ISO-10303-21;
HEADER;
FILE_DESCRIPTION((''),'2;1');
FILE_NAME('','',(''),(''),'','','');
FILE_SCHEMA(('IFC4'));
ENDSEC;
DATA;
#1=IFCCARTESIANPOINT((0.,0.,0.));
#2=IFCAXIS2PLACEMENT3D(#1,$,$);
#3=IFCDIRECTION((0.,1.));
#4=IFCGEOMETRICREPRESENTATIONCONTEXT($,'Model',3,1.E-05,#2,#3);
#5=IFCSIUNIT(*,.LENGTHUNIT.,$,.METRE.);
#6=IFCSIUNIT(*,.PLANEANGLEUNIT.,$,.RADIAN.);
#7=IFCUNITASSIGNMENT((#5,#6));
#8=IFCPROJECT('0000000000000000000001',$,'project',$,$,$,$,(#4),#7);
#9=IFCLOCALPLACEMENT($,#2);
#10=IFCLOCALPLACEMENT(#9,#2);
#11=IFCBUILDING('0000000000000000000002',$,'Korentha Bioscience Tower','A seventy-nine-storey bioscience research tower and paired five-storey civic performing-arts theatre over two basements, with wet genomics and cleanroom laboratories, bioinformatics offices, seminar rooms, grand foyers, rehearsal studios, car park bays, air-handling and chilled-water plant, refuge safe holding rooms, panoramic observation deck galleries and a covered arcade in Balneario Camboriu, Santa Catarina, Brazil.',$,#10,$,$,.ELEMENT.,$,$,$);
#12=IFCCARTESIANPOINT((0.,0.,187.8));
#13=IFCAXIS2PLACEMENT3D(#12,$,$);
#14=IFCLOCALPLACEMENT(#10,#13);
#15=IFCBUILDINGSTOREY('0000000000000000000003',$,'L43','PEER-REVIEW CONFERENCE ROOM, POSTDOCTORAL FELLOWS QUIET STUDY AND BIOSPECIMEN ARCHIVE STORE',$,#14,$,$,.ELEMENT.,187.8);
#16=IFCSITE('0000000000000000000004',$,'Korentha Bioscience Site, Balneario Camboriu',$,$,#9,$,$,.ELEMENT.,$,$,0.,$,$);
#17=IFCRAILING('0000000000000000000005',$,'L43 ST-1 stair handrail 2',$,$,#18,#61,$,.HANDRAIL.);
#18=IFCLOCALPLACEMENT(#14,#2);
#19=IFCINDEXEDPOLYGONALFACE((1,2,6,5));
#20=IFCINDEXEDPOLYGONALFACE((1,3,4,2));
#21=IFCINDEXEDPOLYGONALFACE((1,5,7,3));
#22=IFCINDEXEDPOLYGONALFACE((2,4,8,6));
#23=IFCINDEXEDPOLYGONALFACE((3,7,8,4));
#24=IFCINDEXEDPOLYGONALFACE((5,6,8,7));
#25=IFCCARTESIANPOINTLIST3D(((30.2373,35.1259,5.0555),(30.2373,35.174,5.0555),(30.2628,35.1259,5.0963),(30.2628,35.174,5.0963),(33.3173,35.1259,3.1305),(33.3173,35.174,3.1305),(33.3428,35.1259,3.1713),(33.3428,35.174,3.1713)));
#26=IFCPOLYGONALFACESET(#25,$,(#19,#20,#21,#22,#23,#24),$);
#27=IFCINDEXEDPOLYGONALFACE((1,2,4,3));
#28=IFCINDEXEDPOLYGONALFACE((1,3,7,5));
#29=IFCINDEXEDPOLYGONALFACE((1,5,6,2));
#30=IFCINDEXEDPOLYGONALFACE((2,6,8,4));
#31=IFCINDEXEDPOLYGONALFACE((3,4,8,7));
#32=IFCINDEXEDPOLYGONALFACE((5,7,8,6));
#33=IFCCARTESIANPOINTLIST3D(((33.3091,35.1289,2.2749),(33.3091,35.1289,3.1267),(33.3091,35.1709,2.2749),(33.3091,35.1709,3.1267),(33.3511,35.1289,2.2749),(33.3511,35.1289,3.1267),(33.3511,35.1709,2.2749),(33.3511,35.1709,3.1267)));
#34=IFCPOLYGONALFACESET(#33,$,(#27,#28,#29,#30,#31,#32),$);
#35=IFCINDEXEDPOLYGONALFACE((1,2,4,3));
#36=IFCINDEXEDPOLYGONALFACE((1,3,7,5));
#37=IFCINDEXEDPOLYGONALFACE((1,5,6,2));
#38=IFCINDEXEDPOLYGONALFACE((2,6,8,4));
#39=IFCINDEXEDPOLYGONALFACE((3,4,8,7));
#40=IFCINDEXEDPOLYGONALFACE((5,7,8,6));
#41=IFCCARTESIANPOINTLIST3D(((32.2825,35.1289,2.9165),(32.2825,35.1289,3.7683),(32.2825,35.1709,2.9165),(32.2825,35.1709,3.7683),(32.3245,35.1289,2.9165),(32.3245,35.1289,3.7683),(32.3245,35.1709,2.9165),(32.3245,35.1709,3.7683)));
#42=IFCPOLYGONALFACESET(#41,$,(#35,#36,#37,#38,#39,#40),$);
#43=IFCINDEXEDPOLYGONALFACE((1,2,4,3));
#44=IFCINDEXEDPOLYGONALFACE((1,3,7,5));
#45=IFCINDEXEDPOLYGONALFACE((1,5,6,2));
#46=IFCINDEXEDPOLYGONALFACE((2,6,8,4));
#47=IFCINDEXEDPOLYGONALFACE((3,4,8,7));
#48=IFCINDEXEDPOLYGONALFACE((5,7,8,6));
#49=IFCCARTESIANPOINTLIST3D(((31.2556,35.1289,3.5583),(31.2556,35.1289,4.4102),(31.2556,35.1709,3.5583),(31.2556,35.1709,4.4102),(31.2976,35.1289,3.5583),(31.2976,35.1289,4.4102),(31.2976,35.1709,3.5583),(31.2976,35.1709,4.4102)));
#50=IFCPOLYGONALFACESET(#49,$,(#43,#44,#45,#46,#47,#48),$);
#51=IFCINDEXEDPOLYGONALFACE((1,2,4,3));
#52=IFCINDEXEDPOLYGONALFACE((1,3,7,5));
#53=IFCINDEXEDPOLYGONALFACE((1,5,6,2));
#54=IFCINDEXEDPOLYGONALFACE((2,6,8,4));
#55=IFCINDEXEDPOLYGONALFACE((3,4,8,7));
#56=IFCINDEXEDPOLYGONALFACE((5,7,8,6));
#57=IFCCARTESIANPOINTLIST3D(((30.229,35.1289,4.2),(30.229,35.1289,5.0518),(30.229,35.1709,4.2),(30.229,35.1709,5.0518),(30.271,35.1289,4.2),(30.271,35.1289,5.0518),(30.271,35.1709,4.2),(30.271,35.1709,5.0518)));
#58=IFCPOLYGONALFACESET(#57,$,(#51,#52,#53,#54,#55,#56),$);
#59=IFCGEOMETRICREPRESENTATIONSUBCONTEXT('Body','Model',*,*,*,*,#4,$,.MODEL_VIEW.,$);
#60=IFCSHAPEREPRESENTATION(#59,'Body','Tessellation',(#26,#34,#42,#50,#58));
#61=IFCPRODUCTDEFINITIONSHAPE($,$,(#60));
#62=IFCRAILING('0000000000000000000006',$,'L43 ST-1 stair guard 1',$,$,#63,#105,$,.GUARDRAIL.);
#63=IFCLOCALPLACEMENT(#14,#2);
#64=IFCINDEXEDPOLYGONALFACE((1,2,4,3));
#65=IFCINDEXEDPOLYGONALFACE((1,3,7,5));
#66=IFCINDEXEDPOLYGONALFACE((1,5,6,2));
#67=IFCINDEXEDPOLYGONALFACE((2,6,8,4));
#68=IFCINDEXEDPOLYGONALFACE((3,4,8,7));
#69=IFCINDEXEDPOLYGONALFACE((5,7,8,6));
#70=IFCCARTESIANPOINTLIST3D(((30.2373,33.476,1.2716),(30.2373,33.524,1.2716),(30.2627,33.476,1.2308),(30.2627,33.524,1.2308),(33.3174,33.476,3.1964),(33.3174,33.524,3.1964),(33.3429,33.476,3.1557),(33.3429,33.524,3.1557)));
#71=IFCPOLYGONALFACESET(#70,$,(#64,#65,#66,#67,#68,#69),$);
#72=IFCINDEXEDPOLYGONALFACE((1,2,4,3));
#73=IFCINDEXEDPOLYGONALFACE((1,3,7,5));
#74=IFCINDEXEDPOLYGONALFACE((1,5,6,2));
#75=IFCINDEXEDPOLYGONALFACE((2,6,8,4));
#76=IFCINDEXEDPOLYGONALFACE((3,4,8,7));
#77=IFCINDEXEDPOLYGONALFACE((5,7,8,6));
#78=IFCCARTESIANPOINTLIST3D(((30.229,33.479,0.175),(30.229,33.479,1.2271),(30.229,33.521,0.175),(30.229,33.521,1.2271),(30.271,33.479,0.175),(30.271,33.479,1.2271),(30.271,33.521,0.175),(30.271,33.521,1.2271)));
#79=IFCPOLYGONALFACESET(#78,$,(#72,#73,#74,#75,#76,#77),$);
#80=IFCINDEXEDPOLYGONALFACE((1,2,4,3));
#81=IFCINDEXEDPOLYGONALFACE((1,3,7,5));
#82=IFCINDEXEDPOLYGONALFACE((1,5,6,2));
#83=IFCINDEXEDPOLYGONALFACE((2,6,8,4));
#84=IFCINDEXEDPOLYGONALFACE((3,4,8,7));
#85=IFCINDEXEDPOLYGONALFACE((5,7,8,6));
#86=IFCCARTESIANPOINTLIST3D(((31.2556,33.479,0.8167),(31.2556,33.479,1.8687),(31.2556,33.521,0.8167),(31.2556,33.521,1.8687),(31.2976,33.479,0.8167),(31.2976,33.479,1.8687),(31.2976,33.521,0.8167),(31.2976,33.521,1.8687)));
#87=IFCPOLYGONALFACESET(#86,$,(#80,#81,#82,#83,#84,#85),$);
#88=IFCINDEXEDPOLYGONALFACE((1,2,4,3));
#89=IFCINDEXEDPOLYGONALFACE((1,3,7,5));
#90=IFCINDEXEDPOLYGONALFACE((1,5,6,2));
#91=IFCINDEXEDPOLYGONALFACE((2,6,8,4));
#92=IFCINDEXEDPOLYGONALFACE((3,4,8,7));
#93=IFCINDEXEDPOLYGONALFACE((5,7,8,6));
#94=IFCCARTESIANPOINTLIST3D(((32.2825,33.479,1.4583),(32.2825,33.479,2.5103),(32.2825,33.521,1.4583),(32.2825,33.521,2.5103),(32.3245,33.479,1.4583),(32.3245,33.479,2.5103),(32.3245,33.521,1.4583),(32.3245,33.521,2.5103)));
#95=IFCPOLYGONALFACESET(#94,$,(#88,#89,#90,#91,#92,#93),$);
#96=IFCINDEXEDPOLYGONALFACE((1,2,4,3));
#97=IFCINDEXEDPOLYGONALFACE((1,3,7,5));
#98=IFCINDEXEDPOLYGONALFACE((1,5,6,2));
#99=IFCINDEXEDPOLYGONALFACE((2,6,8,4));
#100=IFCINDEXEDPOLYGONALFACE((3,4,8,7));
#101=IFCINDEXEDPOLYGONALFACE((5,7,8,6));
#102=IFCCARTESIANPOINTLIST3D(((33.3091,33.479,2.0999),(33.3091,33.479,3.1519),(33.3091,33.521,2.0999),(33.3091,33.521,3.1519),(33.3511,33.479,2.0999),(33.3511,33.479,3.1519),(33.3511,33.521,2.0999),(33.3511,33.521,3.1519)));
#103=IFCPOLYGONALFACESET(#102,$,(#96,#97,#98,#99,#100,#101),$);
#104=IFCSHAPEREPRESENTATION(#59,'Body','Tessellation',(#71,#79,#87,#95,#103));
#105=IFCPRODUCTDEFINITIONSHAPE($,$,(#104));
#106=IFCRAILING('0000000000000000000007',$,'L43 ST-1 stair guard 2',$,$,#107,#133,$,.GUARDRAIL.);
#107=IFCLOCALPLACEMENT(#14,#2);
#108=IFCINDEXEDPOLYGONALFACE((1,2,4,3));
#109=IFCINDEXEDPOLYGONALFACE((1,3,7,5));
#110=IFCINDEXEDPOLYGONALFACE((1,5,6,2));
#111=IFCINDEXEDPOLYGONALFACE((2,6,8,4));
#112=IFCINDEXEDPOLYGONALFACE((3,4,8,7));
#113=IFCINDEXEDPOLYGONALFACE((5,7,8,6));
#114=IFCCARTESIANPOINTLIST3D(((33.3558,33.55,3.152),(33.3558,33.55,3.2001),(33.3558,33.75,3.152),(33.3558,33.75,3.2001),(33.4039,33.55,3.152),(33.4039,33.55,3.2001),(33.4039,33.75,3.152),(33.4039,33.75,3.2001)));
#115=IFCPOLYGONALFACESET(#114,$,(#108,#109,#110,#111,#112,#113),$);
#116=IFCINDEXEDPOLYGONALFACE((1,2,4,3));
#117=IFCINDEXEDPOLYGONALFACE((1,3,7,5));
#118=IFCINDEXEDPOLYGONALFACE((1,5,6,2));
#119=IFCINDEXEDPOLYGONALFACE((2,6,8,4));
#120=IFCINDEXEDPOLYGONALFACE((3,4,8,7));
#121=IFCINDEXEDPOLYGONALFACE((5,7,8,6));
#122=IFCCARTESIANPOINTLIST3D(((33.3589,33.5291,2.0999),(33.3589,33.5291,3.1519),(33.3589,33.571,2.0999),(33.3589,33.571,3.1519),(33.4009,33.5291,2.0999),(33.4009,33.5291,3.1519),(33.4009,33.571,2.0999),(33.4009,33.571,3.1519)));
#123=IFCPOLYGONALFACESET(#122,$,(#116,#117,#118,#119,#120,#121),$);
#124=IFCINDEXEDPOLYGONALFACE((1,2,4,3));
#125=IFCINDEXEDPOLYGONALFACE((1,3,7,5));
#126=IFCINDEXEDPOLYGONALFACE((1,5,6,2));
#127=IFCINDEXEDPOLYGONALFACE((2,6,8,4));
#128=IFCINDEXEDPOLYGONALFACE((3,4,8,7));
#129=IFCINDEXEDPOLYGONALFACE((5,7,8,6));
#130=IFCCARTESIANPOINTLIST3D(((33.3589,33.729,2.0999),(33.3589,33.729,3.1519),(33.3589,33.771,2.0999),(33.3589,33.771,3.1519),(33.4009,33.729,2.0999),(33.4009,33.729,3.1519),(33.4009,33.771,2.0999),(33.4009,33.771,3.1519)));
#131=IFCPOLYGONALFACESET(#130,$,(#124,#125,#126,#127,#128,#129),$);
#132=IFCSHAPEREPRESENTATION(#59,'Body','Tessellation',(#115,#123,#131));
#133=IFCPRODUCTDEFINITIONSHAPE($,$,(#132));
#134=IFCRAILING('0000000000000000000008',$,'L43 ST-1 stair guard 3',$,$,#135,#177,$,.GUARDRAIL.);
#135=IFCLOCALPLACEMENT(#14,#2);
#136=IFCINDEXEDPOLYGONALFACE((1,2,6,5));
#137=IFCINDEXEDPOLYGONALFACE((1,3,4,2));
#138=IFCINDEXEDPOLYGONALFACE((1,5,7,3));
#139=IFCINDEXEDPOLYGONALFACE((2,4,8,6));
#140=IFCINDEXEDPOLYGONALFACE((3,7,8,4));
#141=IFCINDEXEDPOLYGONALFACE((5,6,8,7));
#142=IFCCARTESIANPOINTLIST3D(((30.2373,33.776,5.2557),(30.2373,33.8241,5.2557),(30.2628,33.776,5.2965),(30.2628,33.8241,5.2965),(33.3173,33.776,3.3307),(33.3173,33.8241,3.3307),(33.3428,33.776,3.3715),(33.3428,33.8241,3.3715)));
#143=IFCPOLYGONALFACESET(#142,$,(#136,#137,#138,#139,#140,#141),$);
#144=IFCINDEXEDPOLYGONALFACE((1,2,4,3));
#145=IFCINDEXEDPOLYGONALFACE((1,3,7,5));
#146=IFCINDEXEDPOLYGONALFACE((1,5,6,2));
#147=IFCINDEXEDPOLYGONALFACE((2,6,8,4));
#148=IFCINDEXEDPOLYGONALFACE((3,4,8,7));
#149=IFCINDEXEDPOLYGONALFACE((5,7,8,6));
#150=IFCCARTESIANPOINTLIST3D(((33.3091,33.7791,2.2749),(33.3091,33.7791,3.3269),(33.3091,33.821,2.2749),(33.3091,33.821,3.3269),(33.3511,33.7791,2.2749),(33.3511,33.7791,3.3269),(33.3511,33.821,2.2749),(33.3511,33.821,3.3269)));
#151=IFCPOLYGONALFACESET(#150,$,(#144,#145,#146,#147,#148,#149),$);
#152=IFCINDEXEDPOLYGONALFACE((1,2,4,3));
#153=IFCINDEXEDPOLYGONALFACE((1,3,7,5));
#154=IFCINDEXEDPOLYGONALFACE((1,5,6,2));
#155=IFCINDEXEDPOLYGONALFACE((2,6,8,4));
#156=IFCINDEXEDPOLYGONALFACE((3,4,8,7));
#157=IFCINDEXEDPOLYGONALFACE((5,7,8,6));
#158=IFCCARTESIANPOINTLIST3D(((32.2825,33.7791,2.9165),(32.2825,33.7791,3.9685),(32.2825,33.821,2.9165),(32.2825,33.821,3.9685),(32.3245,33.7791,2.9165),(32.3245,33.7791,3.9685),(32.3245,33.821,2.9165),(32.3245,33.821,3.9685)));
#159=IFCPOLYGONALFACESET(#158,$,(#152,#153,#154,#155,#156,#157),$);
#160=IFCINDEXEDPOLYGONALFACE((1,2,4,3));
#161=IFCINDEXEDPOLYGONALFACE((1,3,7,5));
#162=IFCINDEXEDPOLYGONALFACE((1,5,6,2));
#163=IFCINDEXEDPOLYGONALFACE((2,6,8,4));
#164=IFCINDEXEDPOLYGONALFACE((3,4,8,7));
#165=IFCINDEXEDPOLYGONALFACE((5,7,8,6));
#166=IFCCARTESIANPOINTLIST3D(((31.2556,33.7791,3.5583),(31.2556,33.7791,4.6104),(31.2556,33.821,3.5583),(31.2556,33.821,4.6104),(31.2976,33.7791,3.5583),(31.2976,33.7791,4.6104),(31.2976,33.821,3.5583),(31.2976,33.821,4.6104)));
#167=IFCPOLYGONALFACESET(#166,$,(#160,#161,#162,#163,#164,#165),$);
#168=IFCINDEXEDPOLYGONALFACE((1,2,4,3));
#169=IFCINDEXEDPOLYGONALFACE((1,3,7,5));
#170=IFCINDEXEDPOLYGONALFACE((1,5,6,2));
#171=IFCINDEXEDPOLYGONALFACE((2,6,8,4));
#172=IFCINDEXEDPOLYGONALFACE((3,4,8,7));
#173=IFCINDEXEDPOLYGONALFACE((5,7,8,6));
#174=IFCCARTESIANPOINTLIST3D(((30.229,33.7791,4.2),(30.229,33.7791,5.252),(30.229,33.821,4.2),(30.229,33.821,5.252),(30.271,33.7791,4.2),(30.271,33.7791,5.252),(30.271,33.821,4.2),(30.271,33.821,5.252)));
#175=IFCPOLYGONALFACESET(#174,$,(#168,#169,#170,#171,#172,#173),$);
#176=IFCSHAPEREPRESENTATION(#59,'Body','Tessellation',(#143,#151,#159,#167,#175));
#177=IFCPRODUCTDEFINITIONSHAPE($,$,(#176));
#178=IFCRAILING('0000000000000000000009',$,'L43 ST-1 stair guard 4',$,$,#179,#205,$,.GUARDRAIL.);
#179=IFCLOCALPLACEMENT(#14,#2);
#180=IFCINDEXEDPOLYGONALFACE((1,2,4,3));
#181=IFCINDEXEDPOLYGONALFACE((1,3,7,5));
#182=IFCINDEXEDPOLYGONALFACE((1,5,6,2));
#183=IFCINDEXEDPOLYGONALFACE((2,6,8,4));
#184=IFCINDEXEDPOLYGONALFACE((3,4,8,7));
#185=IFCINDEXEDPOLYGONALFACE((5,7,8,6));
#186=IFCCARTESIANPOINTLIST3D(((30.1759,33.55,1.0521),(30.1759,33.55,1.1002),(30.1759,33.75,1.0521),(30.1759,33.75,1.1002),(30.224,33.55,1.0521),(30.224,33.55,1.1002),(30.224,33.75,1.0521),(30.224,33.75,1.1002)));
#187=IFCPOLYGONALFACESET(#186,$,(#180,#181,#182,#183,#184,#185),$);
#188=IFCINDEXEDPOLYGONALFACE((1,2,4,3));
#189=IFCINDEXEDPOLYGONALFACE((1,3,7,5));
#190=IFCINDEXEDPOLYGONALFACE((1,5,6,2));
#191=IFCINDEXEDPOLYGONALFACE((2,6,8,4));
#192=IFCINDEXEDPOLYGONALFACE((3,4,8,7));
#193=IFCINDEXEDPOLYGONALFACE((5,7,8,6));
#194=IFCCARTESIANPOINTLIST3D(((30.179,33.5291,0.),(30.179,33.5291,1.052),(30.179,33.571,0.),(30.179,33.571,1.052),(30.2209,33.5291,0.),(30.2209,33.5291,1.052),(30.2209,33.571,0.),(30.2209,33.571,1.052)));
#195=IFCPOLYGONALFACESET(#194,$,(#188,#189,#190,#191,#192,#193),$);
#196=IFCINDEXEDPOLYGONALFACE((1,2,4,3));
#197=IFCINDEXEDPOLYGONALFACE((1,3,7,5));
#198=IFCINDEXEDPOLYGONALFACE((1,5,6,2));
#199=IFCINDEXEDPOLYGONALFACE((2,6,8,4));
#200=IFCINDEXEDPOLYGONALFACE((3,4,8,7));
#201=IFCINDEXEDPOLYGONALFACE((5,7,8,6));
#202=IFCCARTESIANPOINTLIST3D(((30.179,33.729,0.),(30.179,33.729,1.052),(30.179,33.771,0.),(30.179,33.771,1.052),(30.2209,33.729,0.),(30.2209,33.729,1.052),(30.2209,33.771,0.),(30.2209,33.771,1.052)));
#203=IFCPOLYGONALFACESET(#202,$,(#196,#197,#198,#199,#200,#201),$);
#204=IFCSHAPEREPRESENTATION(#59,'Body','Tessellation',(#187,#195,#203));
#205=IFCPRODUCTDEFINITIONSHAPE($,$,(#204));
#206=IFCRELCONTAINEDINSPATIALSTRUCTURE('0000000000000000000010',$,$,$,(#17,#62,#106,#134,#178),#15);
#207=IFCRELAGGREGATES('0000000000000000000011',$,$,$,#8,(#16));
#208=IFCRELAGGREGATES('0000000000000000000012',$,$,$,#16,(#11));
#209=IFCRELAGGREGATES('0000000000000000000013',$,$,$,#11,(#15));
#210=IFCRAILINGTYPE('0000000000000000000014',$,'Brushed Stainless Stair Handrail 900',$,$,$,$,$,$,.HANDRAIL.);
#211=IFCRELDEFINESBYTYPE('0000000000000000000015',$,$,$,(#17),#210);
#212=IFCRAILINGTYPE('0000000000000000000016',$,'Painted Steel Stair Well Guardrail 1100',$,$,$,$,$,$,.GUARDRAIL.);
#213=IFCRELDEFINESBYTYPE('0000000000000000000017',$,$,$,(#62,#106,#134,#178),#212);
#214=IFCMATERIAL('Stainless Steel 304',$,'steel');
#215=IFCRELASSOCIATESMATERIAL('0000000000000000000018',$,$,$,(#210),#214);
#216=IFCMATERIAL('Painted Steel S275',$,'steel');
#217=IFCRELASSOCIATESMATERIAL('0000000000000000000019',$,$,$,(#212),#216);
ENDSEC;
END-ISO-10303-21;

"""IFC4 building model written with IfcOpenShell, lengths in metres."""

from ifc_helpers import new_model, si_unit, direction, frame, origin, origin_2d, place, context, subcontext, project, spatial, rectangle, extrude, material, type_object, element, save


model = new_model("IFC4")

# Units and contexts
model_context = context("Model", 3, precision=1e-05, world=origin(), true_north=direction((0.0, 1.0)))
body_context = subcontext(model_context, "Body", "Model", "MODEL_VIEW")
ifc_project = project(units=[si_unit("LENGTHUNIT", "METRE"), si_unit("PLANEANGLEUNIT", "RADIAN")], contexts=[model_context])

# Site, building, storey
site_placement = place(None, origin())
site = spatial("IfcSite", under=ifc_project, at=site_placement, Name="Korentha Bioscience Site, Balneario Camboriu", CompositionType="ELEMENT", RefElevation=0.0)
building_placement = place(site_placement, origin())
building = spatial("IfcBuilding", under=site, at=building_placement, Name="Korentha Bioscience Tower", Description="A seventy-nine-storey bioscience research tower and paired five-storey civic performing-arts theatre over two basements, with wet genomics and cleanroom laboratories, bioinformatics offices, seminar rooms, grand foyers, rehearsal studios, car park bays, air-handling and chilled-water plant, refuge safe holding rooms, panoramic observation deck galleries and a covered arcade in Balneario Camboriu, Santa Catarina, Brazil.", CompositionType="ELEMENT")
storey_placement = place(building_placement, frame((0.0, 0.0, 187.8)))
storey = spatial("IfcBuildingStorey", under=building, at=storey_placement, Name="L43", Description="PEER-REVIEW CONFERENCE ROOM, POSTDOCTORAL FELLOWS QUIET STUDY AND BIOSPECIMEN ARCHIVE STORE", CompositionType="ELEMENT", Elevation=187.8)

# Railings
ifc_material_1 = material(Name="Stainless Steel 304", Category="steel")
railing_type_1 = type_object("IfcRailingType", Name="Brushed Stainless Stair Handrail 900", PredefinedType="HANDRAIL", material=ifc_material_1)
railing_1_placement = place(storey_placement, frame((33.3301, 35.1499, 2.2749)))
element("IfcRailing", 1, at=railing_1_placement, inside=storey, type_object=railing_type_1, Name="L43 ST-1 stair handrail 2", PredefinedType="HANDRAIL", context=body_context, shape_type="SweptSolid", body=[
    extrude(rectangle(XDim=0.0481, YDim=0.0481, at=origin_2d()), frame((0.0, 0.0, 0.876), z_axis=(-0.847998, 0.0, 0.529999), x_axis=(0.0, -1.0, 0.0)), (0.0, 0.0, 1.0), 3.6321),
    extrude(rectangle(XDim=0.042, YDim=0.042, at=origin_2d()), origin(), (0.0, 0.0, 1.0), 0.8518),
    extrude(rectangle(XDim=0.042, YDim=0.042, at=origin_2d()), frame((-1.0266, 0.0, 0.6416)), (0.0, 0.0, 1.0), 0.8518),
    extrude(rectangle(XDim=0.042, YDim=0.042, at=origin_2d()), frame((-2.0535, 0.0, 1.2834)), (0.0, 0.0, 1.0), 0.8518),
    extrude(rectangle(XDim=0.042, YDim=0.042, at=origin_2d()), frame((-3.0801, 0.0, 1.925)), (0.0, 0.0, 1.0), 0.8518),
])
ifc_material_2 = material(Name="Painted Steel S275", Category="steel")
railing_type_2 = type_object("IfcRailingType", Name="Painted Steel Stair Well Guardrail 1100", PredefinedType="GUARDRAIL", material=ifc_material_2)
railing_2_placement = place(storey_placement, frame((30.25, 33.5, 0.175)))
element("IfcRailing", 2, at=railing_2_placement, inside=storey, type_object=railing_type_2, Name="L43 ST-1 stair guard 1", PredefinedType="GUARDRAIL", context=body_context, shape_type="SweptSolid", body=[
    extrude(rectangle(XDim=0.0481, YDim=0.0481, at=origin_2d()), frame((0.0, 0.0, 1.0762), z_axis=(0.848029, 0.0, 0.529951), x_axis=(0.0, 1.0, 0.0)), (0.0, 0.0, 1.0), 3.6321),
    extrude(rectangle(XDim=0.042, YDim=0.042, at=origin_2d()), origin(), (0.0, 0.0, 1.0), 1.052),
    extrude(rectangle(XDim=0.042, YDim=0.042, at=origin_2d()), frame((1.0266, 0.0, 0.6416)), (0.0, 0.0, 1.0), 1.052),
    extrude(rectangle(XDim=0.042, YDim=0.042, at=origin_2d()), frame((2.0535, 0.0, 1.2832)), (0.0, 0.0, 1.0), 1.052),
    extrude(rectangle(XDim=0.042, YDim=0.042, at=origin_2d()), frame((3.0801, 0.0, 1.9248)), (0.0, 0.0, 1.0), 1.052),
])
railing_3_placement = place(storey_placement, frame((33.3799, 33.55, 2.0999)))
element("IfcRailing", 3, at=railing_3_placement, inside=storey, type_object=railing_type_2, Name="L43 ST-1 stair guard 2", PredefinedType="GUARDRAIL", context=body_context, shape_type="SweptSolid", body=[
    extrude(rectangle(XDim=0.0481, YDim=0.0481, at=origin_2d()), frame((0.0, 0.0, 1.0762), z_axis=(0.0, 1.0, 0.0), x_axis=(-1.0, 0.0, 0.0)), (0.0, 0.0, 1.0), 0.2),
    extrude(rectangle(XDim=0.042, YDim=0.042, at=origin_2d()), origin(), (0.0, 0.0, 1.0), 1.052),
    extrude(rectangle(XDim=0.042, YDim=0.042, at=origin_2d()), frame((0.0, 0.2, 0.0)), (0.0, 0.0, 1.0), 1.052),
])
railing_4_placement = place(storey_placement, frame((33.3301, 33.8, 2.2749)))
element("IfcRailing", 4, at=railing_4_placement, inside=storey, type_object=railing_type_2, Name="L43 ST-1 stair guard 3", PredefinedType="GUARDRAIL", context=body_context, shape_type="SweptSolid", body=[
    extrude(rectangle(XDim=0.0481, YDim=0.0481, at=origin_2d()), frame((0.0, 0.0, 1.0762), z_axis=(-0.847998, 0.0, 0.529999), x_axis=(0.0, -1.0, 0.0)), (0.0, 0.0, 1.0), 3.6321),
    extrude(rectangle(XDim=0.042, YDim=0.042, at=origin_2d()), origin(), (0.0, 0.0, 1.0), 1.052),
    extrude(rectangle(XDim=0.042, YDim=0.042, at=origin_2d()), frame((-1.0266, 0.0, 0.6416)), (0.0, 0.0, 1.0), 1.052),
    extrude(rectangle(XDim=0.042, YDim=0.042, at=origin_2d()), frame((-2.0535, 0.0, 1.2834)), (0.0, 0.0, 1.0), 1.052),
    extrude(rectangle(XDim=0.042, YDim=0.042, at=origin_2d()), frame((-3.0801, 0.0, 1.925)), (0.0, 0.0, 1.0), 1.052),
])
railing_5_placement = place(storey_placement, frame((30.2, 33.55, 0.0)))
element("IfcRailing", 5, at=railing_5_placement, inside=storey, type_object=railing_type_2, Name="L43 ST-1 stair guard 4", PredefinedType="GUARDRAIL", context=body_context, shape_type="SweptSolid", body=[
    extrude(rectangle(XDim=0.0481, YDim=0.0481, at=origin_2d()), frame((0.0, 0.0, 1.0762), z_axis=(0.0, 1.0, 0.0), x_axis=(-1.0, 0.0, 0.0)), (0.0, 0.0, 1.0), 0.2),
    extrude(rectangle(XDim=0.042, YDim=0.042, at=origin_2d()), origin(), (0.0, 0.0, 1.0), 1.052),
    extrude(rectangle(XDim=0.042, YDim=0.042, at=origin_2d()), frame((0.0, 0.2, 0.0)), (0.0, 0.0, 1.0), 1.052),
])

save(model, "model.ifc")
